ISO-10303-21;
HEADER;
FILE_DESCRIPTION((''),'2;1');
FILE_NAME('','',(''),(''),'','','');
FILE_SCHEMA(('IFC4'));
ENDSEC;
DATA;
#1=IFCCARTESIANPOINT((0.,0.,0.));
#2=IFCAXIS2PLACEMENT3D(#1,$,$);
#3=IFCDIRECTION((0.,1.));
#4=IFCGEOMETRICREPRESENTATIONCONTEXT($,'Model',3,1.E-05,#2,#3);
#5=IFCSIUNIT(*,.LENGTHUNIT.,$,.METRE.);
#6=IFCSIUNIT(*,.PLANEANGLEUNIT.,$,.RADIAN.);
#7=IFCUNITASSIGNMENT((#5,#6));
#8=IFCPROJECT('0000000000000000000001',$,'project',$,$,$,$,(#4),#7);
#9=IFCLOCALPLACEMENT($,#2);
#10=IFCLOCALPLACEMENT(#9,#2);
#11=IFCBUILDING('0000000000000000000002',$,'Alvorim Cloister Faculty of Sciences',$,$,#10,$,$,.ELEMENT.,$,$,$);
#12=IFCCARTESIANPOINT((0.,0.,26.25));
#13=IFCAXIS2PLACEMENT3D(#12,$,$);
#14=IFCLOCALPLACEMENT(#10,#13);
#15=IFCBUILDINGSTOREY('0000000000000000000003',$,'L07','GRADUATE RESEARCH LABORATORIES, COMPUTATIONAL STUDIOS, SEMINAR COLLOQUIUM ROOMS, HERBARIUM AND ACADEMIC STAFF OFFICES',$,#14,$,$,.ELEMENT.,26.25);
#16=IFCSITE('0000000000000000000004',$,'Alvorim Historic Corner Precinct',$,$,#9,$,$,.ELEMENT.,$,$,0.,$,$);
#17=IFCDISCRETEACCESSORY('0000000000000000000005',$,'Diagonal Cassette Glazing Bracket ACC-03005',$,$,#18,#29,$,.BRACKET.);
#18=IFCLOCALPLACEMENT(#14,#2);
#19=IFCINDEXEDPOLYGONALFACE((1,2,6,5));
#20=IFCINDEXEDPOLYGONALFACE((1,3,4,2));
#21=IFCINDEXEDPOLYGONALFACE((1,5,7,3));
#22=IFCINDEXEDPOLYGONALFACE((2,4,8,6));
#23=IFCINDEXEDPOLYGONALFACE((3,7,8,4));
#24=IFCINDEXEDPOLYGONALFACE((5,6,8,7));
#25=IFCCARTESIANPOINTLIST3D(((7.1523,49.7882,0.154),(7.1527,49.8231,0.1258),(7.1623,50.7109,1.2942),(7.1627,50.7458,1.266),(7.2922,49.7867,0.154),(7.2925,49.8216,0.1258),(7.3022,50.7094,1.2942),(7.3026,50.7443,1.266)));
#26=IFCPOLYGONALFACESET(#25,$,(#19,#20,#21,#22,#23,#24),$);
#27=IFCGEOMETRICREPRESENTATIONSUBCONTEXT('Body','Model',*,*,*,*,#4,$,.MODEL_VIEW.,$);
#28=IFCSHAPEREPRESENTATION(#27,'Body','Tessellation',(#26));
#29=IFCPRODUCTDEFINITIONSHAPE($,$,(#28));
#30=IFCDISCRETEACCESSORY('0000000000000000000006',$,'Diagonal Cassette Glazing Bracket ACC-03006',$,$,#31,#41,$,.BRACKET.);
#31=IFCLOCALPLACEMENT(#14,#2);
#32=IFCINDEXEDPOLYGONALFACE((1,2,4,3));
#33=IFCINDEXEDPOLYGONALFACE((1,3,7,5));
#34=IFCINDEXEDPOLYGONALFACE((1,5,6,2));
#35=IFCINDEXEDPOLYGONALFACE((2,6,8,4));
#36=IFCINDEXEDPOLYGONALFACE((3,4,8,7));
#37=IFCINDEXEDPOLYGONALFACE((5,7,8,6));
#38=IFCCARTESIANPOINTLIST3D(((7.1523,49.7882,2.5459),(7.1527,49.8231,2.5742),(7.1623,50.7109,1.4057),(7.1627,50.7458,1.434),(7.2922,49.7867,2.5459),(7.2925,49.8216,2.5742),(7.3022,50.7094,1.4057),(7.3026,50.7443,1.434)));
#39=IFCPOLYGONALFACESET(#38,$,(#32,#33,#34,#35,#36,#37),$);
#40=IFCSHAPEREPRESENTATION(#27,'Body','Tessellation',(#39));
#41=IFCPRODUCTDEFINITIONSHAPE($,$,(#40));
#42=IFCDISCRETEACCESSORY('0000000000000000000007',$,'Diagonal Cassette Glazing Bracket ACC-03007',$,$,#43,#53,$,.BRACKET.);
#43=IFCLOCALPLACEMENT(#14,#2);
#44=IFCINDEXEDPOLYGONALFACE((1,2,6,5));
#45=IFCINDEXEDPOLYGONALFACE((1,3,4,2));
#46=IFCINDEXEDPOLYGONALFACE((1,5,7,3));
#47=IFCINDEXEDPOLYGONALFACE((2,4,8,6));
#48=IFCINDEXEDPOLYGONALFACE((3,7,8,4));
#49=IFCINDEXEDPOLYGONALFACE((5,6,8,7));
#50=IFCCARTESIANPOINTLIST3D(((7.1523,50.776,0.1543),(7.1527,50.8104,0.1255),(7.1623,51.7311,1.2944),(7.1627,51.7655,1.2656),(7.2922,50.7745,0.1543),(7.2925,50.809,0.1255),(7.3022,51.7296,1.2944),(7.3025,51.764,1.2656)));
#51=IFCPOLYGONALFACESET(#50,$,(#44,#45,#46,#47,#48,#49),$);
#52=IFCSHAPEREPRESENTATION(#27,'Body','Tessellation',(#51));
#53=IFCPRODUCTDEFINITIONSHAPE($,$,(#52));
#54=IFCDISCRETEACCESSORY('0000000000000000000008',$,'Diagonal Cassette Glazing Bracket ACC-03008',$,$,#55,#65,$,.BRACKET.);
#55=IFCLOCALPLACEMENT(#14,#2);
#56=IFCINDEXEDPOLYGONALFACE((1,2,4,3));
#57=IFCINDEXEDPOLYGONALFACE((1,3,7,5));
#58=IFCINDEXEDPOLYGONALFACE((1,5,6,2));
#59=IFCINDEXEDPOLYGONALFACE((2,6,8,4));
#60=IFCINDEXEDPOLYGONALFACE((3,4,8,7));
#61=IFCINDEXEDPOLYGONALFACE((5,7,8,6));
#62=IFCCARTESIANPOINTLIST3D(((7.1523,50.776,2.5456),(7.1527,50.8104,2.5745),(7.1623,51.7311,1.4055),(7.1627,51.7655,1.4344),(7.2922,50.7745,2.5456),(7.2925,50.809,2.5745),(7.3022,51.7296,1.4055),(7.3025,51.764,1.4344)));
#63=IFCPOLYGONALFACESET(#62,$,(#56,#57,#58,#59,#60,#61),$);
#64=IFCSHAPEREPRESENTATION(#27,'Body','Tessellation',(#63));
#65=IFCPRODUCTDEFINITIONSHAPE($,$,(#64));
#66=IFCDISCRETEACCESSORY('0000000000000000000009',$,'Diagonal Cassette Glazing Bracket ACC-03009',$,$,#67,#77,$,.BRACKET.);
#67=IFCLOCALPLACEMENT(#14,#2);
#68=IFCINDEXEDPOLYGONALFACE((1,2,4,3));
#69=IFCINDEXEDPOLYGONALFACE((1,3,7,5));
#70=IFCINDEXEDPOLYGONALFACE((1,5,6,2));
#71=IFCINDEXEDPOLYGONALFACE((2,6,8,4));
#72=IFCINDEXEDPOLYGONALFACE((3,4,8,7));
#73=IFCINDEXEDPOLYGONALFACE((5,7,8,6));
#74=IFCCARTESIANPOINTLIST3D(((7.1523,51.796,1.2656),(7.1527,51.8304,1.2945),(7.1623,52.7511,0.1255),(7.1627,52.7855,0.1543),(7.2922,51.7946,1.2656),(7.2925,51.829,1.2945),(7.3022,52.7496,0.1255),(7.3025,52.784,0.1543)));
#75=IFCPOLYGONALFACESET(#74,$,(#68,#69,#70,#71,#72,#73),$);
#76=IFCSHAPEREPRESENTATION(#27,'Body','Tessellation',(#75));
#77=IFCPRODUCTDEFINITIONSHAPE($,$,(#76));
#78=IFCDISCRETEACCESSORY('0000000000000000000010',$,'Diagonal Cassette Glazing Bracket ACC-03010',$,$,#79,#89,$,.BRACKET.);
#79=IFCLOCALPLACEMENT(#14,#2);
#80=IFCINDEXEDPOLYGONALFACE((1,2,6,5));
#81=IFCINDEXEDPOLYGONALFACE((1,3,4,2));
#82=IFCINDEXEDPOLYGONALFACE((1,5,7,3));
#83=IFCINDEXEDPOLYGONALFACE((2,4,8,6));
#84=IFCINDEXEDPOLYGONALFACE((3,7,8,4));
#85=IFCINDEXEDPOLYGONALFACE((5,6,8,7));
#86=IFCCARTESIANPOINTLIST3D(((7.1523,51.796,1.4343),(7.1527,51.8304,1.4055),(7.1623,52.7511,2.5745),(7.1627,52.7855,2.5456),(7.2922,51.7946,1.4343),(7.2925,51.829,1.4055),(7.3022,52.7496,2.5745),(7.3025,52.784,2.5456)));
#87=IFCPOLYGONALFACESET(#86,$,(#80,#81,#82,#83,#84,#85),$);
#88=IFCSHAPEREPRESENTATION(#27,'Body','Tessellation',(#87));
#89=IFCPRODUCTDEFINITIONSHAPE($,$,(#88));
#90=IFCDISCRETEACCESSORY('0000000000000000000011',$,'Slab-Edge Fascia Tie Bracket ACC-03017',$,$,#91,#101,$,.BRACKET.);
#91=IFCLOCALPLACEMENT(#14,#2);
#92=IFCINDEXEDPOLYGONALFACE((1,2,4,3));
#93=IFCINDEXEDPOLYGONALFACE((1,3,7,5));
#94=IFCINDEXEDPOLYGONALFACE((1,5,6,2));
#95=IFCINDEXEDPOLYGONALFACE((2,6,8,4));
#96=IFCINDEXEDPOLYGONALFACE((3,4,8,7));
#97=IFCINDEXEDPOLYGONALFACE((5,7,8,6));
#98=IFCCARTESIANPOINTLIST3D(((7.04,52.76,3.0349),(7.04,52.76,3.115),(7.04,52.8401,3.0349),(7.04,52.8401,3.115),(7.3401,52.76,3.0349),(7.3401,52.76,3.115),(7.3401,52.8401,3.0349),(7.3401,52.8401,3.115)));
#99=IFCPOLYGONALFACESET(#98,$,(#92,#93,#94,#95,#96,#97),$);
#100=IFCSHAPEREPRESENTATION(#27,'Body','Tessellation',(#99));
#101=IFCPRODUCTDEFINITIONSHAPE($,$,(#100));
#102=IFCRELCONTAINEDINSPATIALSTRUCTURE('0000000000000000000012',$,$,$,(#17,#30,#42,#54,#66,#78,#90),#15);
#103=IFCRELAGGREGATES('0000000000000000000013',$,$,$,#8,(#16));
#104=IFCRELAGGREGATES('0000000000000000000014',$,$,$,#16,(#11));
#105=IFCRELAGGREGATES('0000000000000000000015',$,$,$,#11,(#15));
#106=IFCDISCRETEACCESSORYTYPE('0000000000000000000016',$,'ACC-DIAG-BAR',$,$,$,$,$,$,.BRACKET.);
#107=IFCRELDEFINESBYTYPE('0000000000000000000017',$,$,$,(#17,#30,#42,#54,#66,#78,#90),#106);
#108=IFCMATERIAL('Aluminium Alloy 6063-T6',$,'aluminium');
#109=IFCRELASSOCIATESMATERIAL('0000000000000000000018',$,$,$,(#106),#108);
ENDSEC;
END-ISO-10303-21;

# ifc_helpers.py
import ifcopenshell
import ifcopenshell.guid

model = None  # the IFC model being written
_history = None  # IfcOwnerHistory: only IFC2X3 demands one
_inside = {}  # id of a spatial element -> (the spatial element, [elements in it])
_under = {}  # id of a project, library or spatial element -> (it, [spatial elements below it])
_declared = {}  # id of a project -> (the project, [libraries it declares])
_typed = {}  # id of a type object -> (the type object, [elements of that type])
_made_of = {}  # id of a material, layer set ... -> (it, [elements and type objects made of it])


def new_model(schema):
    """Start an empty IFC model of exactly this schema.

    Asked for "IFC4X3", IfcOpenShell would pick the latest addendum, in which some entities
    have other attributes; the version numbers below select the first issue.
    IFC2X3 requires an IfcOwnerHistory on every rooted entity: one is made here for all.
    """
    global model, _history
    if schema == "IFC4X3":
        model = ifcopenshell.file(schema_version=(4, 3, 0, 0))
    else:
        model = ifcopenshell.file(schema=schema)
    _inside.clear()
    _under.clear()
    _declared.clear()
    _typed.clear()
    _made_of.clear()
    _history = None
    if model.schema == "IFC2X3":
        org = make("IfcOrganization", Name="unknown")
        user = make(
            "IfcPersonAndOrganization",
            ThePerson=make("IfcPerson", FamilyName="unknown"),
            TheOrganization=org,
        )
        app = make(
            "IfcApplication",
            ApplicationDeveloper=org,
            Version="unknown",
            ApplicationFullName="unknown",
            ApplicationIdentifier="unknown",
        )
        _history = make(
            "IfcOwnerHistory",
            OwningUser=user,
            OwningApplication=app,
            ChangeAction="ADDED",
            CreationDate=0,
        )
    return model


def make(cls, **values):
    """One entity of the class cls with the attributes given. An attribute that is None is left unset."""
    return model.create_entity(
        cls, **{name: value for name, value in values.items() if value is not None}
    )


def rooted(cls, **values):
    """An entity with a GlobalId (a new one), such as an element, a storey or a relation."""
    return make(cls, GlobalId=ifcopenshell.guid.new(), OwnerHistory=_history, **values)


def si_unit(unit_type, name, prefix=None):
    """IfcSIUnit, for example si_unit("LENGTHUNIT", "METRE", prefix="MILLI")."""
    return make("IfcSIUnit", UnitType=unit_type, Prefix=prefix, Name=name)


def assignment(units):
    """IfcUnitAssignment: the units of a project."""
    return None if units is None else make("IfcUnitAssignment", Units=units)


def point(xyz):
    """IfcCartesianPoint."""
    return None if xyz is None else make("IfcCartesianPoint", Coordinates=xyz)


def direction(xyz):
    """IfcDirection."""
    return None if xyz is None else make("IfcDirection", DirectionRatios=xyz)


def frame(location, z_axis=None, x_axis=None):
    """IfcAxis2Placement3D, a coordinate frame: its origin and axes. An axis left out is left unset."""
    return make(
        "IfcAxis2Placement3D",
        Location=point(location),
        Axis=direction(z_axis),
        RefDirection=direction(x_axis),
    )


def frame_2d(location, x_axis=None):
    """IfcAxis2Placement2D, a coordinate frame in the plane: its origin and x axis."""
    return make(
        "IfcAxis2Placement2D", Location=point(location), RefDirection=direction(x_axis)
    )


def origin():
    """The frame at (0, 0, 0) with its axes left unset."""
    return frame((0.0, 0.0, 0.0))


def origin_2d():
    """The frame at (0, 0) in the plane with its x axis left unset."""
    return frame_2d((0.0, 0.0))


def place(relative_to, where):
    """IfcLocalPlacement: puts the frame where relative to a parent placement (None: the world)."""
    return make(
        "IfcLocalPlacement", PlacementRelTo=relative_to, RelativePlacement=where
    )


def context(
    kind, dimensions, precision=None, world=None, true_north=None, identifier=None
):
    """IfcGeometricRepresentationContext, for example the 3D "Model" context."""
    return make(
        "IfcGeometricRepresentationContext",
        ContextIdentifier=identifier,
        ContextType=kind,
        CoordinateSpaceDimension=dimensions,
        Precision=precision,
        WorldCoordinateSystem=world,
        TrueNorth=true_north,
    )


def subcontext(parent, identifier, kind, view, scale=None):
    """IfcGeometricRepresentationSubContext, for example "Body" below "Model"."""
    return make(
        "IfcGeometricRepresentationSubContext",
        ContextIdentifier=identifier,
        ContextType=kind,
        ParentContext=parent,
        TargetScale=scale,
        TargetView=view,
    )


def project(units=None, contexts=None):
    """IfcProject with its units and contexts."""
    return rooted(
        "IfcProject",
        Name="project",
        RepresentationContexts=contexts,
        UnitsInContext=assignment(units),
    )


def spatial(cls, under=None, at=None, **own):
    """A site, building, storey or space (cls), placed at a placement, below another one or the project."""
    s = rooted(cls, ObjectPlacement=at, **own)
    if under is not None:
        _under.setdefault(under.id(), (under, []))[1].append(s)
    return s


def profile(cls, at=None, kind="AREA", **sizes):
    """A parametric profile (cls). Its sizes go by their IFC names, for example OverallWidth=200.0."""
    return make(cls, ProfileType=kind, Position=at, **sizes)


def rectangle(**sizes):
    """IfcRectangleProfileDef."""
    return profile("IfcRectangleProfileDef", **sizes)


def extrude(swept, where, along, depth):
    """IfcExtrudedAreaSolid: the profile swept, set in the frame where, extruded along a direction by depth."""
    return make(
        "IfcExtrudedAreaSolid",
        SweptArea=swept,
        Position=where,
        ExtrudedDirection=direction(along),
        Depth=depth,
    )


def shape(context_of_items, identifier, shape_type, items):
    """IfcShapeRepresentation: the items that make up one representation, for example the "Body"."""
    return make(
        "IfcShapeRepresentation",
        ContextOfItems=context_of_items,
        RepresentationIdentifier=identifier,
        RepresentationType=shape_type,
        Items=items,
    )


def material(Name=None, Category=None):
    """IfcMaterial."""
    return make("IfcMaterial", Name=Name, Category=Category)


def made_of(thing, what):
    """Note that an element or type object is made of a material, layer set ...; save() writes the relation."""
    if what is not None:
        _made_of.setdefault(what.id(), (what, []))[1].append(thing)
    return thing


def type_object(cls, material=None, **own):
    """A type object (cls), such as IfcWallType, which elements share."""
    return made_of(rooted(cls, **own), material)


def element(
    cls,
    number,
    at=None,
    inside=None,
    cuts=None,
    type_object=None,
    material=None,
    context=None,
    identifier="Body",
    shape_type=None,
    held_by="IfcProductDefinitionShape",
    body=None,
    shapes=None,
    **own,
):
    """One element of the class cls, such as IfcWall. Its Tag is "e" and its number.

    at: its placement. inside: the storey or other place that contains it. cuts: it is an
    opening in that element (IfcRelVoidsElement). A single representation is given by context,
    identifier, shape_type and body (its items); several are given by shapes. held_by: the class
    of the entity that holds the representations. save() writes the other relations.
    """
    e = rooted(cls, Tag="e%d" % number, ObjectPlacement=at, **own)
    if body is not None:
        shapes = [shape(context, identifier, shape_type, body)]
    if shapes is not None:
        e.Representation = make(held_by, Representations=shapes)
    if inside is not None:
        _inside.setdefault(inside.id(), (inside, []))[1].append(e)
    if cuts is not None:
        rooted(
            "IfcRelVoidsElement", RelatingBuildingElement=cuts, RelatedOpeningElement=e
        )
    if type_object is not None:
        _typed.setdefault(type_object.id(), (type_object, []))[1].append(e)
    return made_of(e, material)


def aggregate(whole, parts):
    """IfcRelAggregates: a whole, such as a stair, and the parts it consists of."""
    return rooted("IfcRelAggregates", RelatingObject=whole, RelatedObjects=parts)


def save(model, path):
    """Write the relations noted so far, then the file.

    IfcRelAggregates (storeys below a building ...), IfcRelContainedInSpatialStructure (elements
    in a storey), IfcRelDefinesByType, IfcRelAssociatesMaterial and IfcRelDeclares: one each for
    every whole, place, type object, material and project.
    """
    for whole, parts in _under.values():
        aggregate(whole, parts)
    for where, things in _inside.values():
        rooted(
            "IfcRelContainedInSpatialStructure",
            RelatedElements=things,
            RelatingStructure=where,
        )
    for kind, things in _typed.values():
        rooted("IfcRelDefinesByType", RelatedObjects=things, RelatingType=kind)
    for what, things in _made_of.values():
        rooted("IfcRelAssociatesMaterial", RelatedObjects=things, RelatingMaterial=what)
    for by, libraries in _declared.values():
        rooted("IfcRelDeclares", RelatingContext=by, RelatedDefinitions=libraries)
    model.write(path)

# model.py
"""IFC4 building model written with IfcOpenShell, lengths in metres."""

from ifc_helpers import new_model, si_unit, direction, frame, origin, origin_2d, place, context, subcontext, project, spatial, rectangle, extrude, material, type_object, element, save


model = new_model("IFC4")

# Units and contexts
model_context = context("Model", 3, precision=1e-05, world=origin(), true_north=direction((0.0, 1.0)))
body_context = subcontext(model_context, "Body", "Model", "MODEL_VIEW")
ifc_project = project(units=[si_unit("LENGTHUNIT", "METRE"), si_unit("PLANEANGLEUNIT", "RADIAN")], contexts=[model_context])

# Site, building, storey
site_placement = place(None, origin())
site = spatial("IfcSite", under=ifc_project, at=site_placement, Name="Alvorim Historic Corner Precinct", CompositionType="ELEMENT", RefElevation=0.0)
building_placement = place(site_placement, origin())
building = spatial("IfcBuilding", under=site, at=building_placement, Name="Alvorim Cloister Faculty of Sciences", CompositionType="ELEMENT")
storey_placement = place(building_placement, frame((0.0, 0.0, 26.25)))
storey = spatial("IfcBuildingStorey", under=building, at=storey_placement, Name="L07", Description="GRADUATE RESEARCH LABORATORIES, COMPUTATIONAL STUDIOS, SEMINAR COLLOQUIUM ROOMS, HERBARIUM AND ACADEMIC STAFF OFFICES", CompositionType="ELEMENT", Elevation=26.25)

# Shared definitions
ifc_material_1 = material(Name="Aluminium Alloy 6063-T6", Category="aluminium")

# Discrete accessories
discrete_accessory_type = type_object("IfcDiscreteAccessoryType", Name="ACC-DIAG-BAR", PredefinedType="BRACKET", material=ifc_material_1)
for number, where, z_axis, x_axis, name in (
    (1, (7.2224, 49.8049, 0.1399), (0.006825, 0.629035, 0.777347), (-0.999941, 0.010849, 0.0), "Diagonal Cassette Glazing Bracket ACC-03005"),
    (2, (7.2224, 49.8049, 2.5601), (0.006825, 0.629035, -0.777347), (-0.999941, 0.010849, 0.0), "Diagonal Cassette Glazing Bracket ACC-03006"),
):
    element("IfcDiscreteAccessory", number, at=place(storey_placement, frame(where, z_axis=z_axis, x_axis=x_axis)), inside=storey, type_object=discrete_accessory_type, Name=name, PredefinedType="BRACKET", context=body_context, shape_type="SweptSolid", body=[
        extrude(rectangle(XDim=0.1399, YDim=0.0449, at=origin_2d()), origin(), (0.0, 0.0, 1.0), 1.4668),
    ])
for number, where, z_axis, x_axis, name in (
    (3, (7.2224, 50.7925, 0.1399), (0.00673, 0.642138, 0.76656), (-0.999945, 0.01048, 0.0), "Diagonal Cassette Glazing Bracket ACC-03007"),
    (4, (7.2224, 50.7925, 2.5601), (0.00673, 0.642138, -0.76656), (-0.999945, 0.01048, 0.0), "Diagonal Cassette Glazing Bracket ACC-03008"),
    (5, (7.2224, 51.8125, 1.28), (0.00673, 0.642138, -0.76656), (-0.999945, 0.01048, 0.0), "Diagonal Cassette Glazing Bracket ACC-03009"),
    (6, (7.2224, 51.8125, 1.4199), (0.00673, 0.642138, 0.76656), (-0.999945, 0.01048, 0.0), "Diagonal Cassette Glazing Bracket ACC-03010"),
):
    element("IfcDiscreteAccessory", number, at=place(storey_placement, frame(where, z_axis=z_axis, x_axis=x_axis)), inside=storey, type_object=discrete_accessory_type, Name=name, PredefinedType="BRACKET", context=body_context, shape_type="SweptSolid", body=[
        extrude(rectangle(XDim=0.1399, YDim=0.0449, at=origin_2d()), origin(), (0.0, 0.0, 1.0), 1.4873),
    ])
discrete_accessory_placement = place(storey_placement, frame((7.3401, 52.8, 3.075), z_axis=(-1.0, 0.0, 0.0), x_axis=(0.0, -1.0, 0.0)))
element("IfcDiscreteAccessory", 7, at=discrete_accessory_placement, inside=storey, type_object=discrete_accessory_type, Name="Slab-Edge Fascia Tie Bracket ACC-03017", PredefinedType="BRACKET", context=body_context, shape_type="SweptSolid", body=[
    extrude(rectangle(XDim=0.0801, YDim=0.0801, at=origin_2d()), origin(), (0.0, 0.0, 1.0), 0.3),
])

save(model, "model.ifc")
